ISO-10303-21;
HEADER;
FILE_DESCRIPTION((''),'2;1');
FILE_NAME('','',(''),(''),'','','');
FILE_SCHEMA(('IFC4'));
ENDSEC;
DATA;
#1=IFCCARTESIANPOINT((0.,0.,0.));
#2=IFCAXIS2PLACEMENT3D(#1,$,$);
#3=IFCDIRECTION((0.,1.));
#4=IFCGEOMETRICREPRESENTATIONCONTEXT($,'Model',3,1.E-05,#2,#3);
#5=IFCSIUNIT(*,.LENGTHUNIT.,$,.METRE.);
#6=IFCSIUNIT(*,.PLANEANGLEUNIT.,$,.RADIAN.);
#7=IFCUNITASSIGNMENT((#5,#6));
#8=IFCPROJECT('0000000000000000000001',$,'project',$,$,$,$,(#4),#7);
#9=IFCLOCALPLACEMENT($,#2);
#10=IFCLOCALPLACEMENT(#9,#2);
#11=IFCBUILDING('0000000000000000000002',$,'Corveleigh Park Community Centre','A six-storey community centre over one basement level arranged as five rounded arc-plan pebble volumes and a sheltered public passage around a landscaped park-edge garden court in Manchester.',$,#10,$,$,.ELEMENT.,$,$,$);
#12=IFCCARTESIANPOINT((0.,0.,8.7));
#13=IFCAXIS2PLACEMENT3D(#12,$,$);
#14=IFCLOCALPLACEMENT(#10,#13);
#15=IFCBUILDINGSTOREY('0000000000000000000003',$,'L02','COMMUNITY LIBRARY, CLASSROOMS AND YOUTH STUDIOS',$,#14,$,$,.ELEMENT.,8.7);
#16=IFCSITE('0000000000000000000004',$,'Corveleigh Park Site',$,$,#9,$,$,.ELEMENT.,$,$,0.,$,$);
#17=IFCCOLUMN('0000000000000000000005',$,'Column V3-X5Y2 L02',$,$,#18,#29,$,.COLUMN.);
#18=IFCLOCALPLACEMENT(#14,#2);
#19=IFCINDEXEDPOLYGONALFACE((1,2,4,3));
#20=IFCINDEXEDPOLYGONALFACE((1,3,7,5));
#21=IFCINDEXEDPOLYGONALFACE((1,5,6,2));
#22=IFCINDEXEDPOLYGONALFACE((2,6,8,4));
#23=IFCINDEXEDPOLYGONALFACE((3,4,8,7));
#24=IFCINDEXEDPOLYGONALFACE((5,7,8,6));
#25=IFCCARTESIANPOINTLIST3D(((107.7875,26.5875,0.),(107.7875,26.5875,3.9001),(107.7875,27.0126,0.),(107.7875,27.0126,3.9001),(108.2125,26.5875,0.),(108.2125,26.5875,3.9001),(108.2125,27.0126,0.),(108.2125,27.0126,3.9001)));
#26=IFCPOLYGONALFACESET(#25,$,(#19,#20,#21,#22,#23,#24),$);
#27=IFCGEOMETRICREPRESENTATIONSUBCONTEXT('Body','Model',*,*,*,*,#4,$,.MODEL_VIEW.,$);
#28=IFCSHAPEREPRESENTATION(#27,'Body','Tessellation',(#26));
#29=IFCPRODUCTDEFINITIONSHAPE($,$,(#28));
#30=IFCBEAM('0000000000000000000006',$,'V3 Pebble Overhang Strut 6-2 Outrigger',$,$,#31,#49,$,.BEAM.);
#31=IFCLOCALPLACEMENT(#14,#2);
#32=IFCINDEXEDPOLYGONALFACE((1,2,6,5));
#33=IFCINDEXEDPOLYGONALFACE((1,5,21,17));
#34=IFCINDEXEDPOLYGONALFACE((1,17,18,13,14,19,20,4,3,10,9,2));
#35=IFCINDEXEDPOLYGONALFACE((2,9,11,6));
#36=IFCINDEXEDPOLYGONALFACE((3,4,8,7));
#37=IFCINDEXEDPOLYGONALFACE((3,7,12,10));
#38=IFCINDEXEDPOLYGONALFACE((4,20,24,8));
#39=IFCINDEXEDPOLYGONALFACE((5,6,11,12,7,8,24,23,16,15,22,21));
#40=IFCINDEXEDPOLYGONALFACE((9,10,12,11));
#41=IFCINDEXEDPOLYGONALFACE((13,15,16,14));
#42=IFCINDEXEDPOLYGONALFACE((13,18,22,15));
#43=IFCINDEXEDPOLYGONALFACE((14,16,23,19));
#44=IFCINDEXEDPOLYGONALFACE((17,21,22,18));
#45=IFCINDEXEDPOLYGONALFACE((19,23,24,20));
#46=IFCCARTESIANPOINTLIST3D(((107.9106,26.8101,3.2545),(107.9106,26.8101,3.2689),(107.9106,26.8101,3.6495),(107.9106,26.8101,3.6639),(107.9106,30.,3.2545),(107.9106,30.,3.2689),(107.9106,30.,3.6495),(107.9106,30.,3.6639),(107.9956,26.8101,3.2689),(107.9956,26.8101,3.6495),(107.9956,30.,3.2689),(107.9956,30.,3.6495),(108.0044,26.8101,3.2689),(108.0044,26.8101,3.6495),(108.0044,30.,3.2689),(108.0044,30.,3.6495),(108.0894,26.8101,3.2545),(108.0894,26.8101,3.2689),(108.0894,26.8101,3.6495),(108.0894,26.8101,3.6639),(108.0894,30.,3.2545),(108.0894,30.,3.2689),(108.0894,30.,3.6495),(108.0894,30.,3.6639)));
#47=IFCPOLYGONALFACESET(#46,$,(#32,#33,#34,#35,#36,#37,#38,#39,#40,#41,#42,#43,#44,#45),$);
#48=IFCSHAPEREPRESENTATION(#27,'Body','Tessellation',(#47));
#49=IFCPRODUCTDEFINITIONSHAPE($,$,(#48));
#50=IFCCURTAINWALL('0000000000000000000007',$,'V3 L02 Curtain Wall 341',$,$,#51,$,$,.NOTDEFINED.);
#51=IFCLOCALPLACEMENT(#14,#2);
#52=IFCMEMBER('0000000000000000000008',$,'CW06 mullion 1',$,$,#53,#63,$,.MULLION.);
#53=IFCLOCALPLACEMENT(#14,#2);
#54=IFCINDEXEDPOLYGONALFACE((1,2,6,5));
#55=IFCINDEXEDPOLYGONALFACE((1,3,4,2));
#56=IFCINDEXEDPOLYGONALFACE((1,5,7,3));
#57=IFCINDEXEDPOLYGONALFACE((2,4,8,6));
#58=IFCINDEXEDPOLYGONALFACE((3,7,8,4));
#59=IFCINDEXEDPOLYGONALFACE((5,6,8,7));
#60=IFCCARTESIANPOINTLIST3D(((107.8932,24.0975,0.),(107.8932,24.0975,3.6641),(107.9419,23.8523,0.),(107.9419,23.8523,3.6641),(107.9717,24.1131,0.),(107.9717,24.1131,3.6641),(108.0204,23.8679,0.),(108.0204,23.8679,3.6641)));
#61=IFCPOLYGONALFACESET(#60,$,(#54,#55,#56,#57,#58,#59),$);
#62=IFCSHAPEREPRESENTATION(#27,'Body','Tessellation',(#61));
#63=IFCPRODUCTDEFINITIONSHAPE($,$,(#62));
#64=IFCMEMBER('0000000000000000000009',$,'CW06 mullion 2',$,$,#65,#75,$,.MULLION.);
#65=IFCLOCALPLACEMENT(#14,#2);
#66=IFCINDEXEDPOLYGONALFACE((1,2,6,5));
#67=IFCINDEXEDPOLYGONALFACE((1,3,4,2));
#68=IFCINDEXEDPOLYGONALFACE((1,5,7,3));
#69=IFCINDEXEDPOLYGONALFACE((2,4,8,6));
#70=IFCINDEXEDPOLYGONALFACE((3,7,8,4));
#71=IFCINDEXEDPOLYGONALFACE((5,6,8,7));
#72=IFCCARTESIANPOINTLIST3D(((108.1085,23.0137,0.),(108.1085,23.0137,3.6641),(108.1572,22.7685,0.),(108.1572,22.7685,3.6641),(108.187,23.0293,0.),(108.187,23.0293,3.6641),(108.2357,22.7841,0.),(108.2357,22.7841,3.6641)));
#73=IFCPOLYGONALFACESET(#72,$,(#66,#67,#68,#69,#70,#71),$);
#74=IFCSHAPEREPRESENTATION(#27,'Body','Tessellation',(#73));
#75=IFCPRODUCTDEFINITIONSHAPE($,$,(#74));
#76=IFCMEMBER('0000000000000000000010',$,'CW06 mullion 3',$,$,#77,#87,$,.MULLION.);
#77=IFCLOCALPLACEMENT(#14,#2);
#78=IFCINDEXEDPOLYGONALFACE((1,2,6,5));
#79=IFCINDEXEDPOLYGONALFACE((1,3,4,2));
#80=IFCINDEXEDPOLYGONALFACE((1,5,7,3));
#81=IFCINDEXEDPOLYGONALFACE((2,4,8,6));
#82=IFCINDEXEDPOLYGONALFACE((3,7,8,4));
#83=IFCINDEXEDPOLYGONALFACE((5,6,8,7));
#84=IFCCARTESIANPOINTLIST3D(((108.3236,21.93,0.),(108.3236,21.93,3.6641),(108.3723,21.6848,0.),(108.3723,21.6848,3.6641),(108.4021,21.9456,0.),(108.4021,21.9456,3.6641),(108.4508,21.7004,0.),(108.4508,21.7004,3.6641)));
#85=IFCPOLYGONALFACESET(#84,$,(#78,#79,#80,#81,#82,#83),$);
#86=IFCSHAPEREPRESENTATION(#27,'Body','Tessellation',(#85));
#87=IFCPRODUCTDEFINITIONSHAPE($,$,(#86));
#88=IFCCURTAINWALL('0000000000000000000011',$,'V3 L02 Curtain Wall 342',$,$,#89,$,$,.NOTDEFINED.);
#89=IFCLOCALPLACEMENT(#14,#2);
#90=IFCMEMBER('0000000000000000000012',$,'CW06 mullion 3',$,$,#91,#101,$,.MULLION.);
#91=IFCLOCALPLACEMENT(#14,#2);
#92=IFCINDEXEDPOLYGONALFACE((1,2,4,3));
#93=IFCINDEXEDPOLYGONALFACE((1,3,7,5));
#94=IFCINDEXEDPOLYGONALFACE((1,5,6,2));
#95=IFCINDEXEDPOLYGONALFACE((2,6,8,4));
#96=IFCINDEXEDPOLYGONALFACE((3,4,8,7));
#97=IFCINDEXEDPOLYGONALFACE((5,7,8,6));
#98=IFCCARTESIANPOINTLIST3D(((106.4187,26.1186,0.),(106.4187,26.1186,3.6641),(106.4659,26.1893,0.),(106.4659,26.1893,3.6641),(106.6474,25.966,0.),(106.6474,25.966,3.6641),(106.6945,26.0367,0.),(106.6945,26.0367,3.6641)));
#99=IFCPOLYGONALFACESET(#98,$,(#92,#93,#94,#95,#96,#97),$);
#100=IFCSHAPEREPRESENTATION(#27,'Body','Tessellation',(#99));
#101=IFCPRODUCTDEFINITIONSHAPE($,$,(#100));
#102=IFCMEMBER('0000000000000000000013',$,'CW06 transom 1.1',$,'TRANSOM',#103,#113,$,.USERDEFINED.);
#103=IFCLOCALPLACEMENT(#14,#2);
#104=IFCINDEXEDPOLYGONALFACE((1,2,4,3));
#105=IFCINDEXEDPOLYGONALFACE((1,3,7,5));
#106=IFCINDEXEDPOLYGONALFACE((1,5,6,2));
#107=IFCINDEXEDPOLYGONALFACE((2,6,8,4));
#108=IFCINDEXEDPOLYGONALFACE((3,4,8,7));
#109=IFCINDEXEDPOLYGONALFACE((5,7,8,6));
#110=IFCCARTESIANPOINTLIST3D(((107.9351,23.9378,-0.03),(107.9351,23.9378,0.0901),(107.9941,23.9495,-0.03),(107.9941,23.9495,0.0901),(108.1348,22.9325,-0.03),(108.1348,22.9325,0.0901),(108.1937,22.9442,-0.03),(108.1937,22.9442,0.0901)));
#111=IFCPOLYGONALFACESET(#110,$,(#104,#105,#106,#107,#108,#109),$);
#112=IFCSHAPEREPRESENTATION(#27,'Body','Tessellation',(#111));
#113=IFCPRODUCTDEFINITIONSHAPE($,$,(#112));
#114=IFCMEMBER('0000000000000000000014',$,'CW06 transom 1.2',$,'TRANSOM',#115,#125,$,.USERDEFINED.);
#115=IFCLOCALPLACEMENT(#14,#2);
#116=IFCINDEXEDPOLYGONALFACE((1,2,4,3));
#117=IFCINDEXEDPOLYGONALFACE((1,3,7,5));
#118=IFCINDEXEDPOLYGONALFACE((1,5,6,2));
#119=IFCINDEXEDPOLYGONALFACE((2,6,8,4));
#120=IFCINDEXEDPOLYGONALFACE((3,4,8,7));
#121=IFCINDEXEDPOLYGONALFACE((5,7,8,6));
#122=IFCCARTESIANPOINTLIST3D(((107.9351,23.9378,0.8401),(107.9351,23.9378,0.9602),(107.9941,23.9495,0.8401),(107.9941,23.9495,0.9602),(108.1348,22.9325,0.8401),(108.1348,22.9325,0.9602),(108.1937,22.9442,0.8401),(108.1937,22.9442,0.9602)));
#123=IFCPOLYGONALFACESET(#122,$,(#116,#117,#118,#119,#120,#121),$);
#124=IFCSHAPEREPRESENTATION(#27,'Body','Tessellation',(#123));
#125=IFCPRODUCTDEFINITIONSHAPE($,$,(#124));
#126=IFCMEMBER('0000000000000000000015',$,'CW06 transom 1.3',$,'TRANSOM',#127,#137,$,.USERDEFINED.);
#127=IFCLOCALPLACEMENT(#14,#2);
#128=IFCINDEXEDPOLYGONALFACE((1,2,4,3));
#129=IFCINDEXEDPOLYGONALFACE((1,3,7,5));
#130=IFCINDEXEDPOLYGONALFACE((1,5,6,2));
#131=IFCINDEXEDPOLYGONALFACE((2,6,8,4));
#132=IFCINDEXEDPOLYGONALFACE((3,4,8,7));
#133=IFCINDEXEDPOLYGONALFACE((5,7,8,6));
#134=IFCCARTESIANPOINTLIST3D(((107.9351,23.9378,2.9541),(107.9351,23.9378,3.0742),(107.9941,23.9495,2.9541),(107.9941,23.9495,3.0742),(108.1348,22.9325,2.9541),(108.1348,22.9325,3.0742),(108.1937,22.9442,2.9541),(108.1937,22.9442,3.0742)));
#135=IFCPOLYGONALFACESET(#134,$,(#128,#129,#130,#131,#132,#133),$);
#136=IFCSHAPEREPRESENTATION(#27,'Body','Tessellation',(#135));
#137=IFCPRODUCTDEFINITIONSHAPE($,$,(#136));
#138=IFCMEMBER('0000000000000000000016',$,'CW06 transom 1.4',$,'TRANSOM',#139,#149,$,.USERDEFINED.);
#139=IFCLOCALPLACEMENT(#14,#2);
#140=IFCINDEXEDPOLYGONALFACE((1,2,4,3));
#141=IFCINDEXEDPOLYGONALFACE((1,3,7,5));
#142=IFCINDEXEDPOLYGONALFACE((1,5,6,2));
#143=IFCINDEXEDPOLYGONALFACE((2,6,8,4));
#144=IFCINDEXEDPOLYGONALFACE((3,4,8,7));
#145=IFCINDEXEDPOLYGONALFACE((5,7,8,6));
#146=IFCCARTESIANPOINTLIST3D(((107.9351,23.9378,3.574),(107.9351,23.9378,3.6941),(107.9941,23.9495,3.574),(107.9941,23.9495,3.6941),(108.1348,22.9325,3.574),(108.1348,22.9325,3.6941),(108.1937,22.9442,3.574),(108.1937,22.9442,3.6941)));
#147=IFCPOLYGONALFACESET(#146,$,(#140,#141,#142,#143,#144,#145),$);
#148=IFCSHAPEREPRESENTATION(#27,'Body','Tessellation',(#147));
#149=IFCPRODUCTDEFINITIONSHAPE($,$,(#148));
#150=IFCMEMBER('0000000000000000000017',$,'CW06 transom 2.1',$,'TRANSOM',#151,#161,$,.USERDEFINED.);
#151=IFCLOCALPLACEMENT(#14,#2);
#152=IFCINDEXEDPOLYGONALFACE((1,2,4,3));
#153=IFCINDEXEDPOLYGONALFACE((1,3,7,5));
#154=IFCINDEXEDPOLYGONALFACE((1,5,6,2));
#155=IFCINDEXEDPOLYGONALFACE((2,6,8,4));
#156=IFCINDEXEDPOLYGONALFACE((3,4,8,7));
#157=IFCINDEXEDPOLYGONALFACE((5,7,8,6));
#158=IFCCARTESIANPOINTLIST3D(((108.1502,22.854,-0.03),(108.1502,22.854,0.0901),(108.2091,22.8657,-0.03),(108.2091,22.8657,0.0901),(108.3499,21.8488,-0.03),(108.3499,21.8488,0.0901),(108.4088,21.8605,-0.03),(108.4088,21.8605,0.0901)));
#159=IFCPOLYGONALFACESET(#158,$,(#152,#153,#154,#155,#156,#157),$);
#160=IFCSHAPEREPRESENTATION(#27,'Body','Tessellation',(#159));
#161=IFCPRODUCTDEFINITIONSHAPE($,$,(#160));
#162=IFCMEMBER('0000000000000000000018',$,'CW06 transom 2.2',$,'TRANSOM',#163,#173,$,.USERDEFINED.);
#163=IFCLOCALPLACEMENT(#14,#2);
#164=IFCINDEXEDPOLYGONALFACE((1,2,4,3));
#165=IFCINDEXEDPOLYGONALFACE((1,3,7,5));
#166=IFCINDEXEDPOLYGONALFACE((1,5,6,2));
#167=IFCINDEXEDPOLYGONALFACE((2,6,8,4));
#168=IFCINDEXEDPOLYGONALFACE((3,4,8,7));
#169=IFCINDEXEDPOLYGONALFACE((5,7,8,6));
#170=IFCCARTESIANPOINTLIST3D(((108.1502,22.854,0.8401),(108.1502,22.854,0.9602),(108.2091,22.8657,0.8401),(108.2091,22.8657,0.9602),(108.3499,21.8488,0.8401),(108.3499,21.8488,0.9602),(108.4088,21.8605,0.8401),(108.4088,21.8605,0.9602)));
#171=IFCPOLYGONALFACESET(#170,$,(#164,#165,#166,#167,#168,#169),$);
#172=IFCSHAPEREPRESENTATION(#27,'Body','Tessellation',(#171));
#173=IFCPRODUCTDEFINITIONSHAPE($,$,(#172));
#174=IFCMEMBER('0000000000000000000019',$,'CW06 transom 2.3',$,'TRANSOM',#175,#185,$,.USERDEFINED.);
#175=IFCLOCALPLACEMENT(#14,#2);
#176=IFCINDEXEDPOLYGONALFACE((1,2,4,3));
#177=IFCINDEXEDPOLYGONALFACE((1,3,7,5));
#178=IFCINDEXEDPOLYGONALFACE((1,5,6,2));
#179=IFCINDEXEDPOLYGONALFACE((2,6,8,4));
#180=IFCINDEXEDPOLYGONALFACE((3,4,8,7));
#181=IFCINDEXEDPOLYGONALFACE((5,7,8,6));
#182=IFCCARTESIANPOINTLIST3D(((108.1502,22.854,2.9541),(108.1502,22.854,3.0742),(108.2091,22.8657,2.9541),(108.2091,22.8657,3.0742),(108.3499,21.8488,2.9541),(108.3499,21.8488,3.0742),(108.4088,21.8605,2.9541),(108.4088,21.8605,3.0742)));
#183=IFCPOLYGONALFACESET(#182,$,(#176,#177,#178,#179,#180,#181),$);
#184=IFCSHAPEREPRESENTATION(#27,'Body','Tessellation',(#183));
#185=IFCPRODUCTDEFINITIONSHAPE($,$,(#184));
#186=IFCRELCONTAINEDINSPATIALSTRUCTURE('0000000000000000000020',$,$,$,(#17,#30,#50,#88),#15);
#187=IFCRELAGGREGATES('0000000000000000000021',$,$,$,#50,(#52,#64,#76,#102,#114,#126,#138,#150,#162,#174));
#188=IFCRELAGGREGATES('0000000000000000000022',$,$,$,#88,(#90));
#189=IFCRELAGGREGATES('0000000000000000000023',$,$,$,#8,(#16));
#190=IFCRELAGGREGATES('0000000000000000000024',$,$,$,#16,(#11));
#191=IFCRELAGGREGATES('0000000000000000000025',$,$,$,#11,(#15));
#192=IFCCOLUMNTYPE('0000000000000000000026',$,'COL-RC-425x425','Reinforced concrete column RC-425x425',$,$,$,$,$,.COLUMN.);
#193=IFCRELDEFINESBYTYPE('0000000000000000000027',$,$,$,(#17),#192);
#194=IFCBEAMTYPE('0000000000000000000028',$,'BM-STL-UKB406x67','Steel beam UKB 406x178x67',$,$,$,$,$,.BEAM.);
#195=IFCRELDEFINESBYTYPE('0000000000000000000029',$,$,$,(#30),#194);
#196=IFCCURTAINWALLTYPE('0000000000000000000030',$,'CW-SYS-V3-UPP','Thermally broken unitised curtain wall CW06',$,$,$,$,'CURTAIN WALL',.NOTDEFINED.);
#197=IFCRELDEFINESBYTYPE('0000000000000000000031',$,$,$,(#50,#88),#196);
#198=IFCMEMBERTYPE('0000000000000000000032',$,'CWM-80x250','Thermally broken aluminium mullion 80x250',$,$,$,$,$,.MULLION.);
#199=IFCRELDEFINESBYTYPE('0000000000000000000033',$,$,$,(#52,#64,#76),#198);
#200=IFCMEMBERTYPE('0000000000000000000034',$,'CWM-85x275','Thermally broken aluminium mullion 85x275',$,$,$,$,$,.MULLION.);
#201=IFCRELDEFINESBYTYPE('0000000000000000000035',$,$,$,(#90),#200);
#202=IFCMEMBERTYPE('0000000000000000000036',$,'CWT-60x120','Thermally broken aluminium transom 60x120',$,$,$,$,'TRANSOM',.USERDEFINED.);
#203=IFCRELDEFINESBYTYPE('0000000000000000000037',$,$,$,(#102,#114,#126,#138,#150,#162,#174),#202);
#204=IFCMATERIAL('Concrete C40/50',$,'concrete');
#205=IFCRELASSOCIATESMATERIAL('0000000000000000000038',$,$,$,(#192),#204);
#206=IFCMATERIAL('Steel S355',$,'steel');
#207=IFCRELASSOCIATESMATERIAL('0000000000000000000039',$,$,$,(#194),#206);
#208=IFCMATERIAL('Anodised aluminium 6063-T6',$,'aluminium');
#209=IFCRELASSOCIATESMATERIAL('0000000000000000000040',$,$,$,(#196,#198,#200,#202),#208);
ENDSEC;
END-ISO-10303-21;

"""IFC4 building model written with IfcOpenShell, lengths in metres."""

from ifc_helpers import new_model, si_unit, direction, frame, origin, origin_2d, place, context, subcontext, project, spatial, rectangle, i_section, extrude, material, material_profile, profile_set, type_object, element, aggregate, save


model = new_model("IFC4")

# Units and contexts
model_context = context("Model", 3, precision=1e-05, world=origin(), true_north=direction((0.0, 1.0)))
body_context = subcontext(model_context, "Body", "Model", "MODEL_VIEW")
ifc_project = project(units=[si_unit("LENGTHUNIT", "METRE"), si_unit("PLANEANGLEUNIT", "RADIAN")], contexts=[model_context])

# Site, building, storey
site_placement = place(None, origin())
site = spatial("IfcSite", under=ifc_project, at=site_placement, Name="Corveleigh Park Site", CompositionType="ELEMENT", RefElevation=0.0)
building_placement = place(site_placement, origin())
building = spatial("IfcBuilding", under=site, at=building_placement, Name="Corveleigh Park Community Centre", Description="A six-storey community centre over one basement level arranged as five rounded arc-plan pebble volumes and a sheltered public passage around a landscaped park-edge garden court in Manchester.", CompositionType="ELEMENT")
storey_placement = place(building_placement, frame((0.0, 0.0, 8.7)))
storey = spatial("IfcBuildingStorey", under=building, at=storey_placement, Name="L02", Description="COMMUNITY LIBRARY, CLASSROOMS AND YOUTH STUDIOS", CompositionType="ELEMENT", Elevation=8.7)

# Column
ifc_material_1 = material(Name="Concrete C40/50", Category="concrete")
ifc_material_profile_1 = material_profile(ifc_material_1, rectangle(XDim=0.425, YDim=0.425, at=origin_2d()), Name="RC-425x425", Category="concrete")
ifc_profile_set_1 = profile_set([ifc_material_profile_1], Name="Concrete C40/50")
column_type = type_object("IfcColumnType", Name="COL-RC-425x425", Description="Reinforced concrete column RC-425x425", PredefinedType="COLUMN", material=ifc_profile_set_1)
column_placement = place(storey_placement, frame((108.0, 26.8, 0.0), z_axis=(0.0, 0.0, 1.0), x_axis=(1.0, 0.0, 0.0)))
element("IfcColumn", 1, at=column_placement, inside=storey, type_object=column_type, Name="Column V3-X5Y2 L02", PredefinedType="COLUMN", context=body_context, shape_type="SweptSolid", body=[
    extrude(rectangle(XDim=0.425, YDim=0.425, at=origin_2d()), origin(), (0.0, 0.0, 1.0), 3.9001),
])

# Beam
ifc_material_2 = material(Name="Steel S355", Category="steel")
ifc_material_profile_2 = material_profile(ifc_material_2, i_section(OverallWidth=0.1787, OverallDepth=0.4094, WebThickness=0.0088, FlangeThickness=0.0144, at=origin_2d()), Name="UKB 406x178x67", Category="steel")
ifc_profile_set_2 = profile_set([ifc_material_profile_2], Name="Steel S355")
beam_type = type_object("IfcBeamType", Name="BM-STL-UKB406x67", Description="Steel beam UKB 406x178x67", PredefinedType="BEAM", material=ifc_profile_set_2)
beam_placement = place(storey_placement, frame((108.0, 26.8101, 3.4592), z_axis=(0.0, 1.0, 0.0), x_axis=(-1.0, 0.0, 0.0)))
element("IfcBeam", 2, at=beam_placement, inside=storey, type_object=beam_type, Name="V3 Pebble Overhang Strut 6-2 Outrigger", PredefinedType="BEAM", context=body_context, shape_type="SweptSolid", body=[
    extrude(i_section(OverallWidth=0.1787, OverallDepth=0.4094, WebThickness=0.0088, FlangeThickness=0.0144, at=origin_2d()), origin(), (0.0, 0.0, 1.0), 3.1899),
])

# Curtain wall, members
ifc_material_3 = material(Name="Anodised aluminium 6063-T6", Category="aluminium")
curtain_wall_type = type_object("IfcCurtainWallType", Name="CW-SYS-V3-UPP", Description="Thermally broken unitised curtain wall CW06", ElementType="CURTAIN WALL", PredefinedType="NOTDEFINED", material=ifc_material_3)
curtain_wall_1_placement = place(storey_placement, origin())
curtain_wall_1 = element("IfcCurtainWall", 3, at=curtain_wall_1_placement, inside=storey, type_object=curtain_wall_type, Name="V3 L02 Curtain Wall 341", PredefinedType="NOTDEFINED")
ifc_material_profile_3 = material_profile(ifc_material_3, rectangle(XDim=0.0801, YDim=0.25, at=origin_2d()), Name="ALU-M80x250", Category="aluminium")
ifc_profile_set_3 = profile_set([ifc_material_profile_3], Name="Anodised aluminium 6063-T6")
member_type_1 = type_object("IfcMemberType", Name="CWM-80x250", Description="Thermally broken aluminium mullion 80x250", PredefinedType="MULLION", material=ifc_profile_set_3)
member_1_placement = place(storey_placement, frame((107.9568, 23.9827, 0.0), z_axis=(0.0, 0.0, 1.0), x_axis=(0.980848, 0.194772, 0.0)))
member_1 = element("IfcMember", 4, at=member_1_placement, type_object=member_type_1, Name="CW06 mullion 1", PredefinedType="MULLION", context=body_context, shape_type="SweptSolid", body=[
    extrude(rectangle(XDim=0.0801, YDim=0.25, at=origin_2d()), origin(), (0.0, 0.0, 1.0), 3.6641),
])
member_2_placement = place(storey_placement, frame((108.1721, 22.8989, 0.0), z_axis=(0.0, 0.0, 1.0), x_axis=(0.980848, 0.194772, 0.0)))
member_2 = element("IfcMember", 5, at=member_2_placement, type_object=member_type_1, Name="CW06 mullion 2", PredefinedType="MULLION", context=body_context, shape_type="SweptSolid", body=[
    extrude(rectangle(XDim=0.0801, YDim=0.25, at=origin_2d()), origin(), (0.0, 0.0, 1.0), 3.6641),
])
member_3_placement = place(storey_placement, frame((108.3872, 21.8152, 0.0), z_axis=(0.0, 0.0, 1.0), x_axis=(0.980848, 0.194772, 0.0)))
member_3 = element("IfcMember", 6, at=member_3_placement, type_object=member_type_1, Name="CW06 mullion 3", PredefinedType="MULLION", context=body_context, shape_type="SweptSolid", body=[
    extrude(rectangle(XDim=0.0801, YDim=0.25, at=origin_2d()), origin(), (0.0, 0.0, 1.0), 3.6641),
])

# Curtain wall, member
curtain_wall_2_placement = place(storey_placement, origin())
curtain_wall_2 = element("IfcCurtainWall", 7, at=curtain_wall_2_placement, inside=storey, type_object=curtain_wall_type, Name="V3 L02 Curtain Wall 342", PredefinedType="NOTDEFINED")
ifc_material_profile_4 = material_profile(ifc_material_3, rectangle(XDim=0.085, YDim=0.2749, at=origin_2d()), Name="ALU-M85x275", Category="aluminium")
ifc_profile_set_4 = profile_set([ifc_material_profile_4], Name="Anodised aluminium 6063-T6")
member_type_2 = type_object("IfcMemberType", Name="CWM-85x275", Description="Thermally broken aluminium mullion 85x275", PredefinedType="MULLION", material=ifc_profile_set_4)
member_4_placement = place(storey_placement, frame((106.5566, 26.0776, 0.0), z_axis=(0.0, 0.0, 1.0), x_axis=(0.555208, 0.831711, 0.0)))
member_4 = element("IfcMember", 8, at=member_4_placement, type_object=member_type_2, Name="CW06 mullion 3", PredefinedType="MULLION", context=body_context, shape_type="SweptSolid", body=[
    extrude(rectangle(XDim=0.085, YDim=0.2749, at=origin_2d()), origin(), (0.0, 0.0, 1.0), 3.6641),
])

# Members
ifc_material_profile_5 = material_profile(ifc_material_3, rectangle(XDim=0.0601, YDim=0.1201, at=origin_2d()), Name="ALU-T60x120", Category="aluminium")
ifc_profile_set_5 = profile_set([ifc_material_profile_5], Name="Anodised aluminium 6063-T6")
member_type_3 = type_object("IfcMemberType", Name="CWT-60x120", Description="Thermally broken aluminium transom 60x120", ElementType="TRANSOM", PredefinedType="USERDEFINED", material=ifc_profile_set_5)
member_5_placement = place(storey_placement, frame((107.9646, 23.9436, 0.03), z_axis=(0.194833, -0.980836, 0.0), x_axis=(0.980836, 0.194833, 0.0)))
member_5 = element("IfcMember", 9, at=member_5_placement, type_object=member_type_3, Name="CW06 transom 1.1", ObjectType="TRANSOM", PredefinedType="USERDEFINED", context=body_context, shape_type="SweptSolid", body=[
    extrude(rectangle(XDim=0.0601, YDim=0.1201, at=origin_2d()), origin(), (0.0, 0.0, 1.0), 1.0249),
])
member_6_placement = place(storey_placement, frame((107.9646, 23.9436, 0.9001), z_axis=(0.194833, -0.980836, 0.0), x_axis=(0.980836, 0.194833, 0.0)))
member_6 = element("IfcMember", 10, at=member_6_placement, type_object=member_type_3, Name="CW06 transom 1.2", ObjectType="TRANSOM", PredefinedType="USERDEFINED", context=body_context, shape_type="SweptSolid", body=[
    extrude(rectangle(XDim=0.0601, YDim=0.1201, at=origin_2d()), origin(), (0.0, 0.0, 1.0), 1.0249),
])
member_7_placement = place(storey_placement, frame((107.9646, 23.9436, 3.0142), z_axis=(0.194833, -0.980836, 0.0), x_axis=(0.980836, 0.194833, 0.0)))
member_7 = element("IfcMember", 11, at=member_7_placement, type_object=member_type_3, Name="CW06 transom 1.3", ObjectType="TRANSOM", PredefinedType="USERDEFINED", context=body_context, shape_type="SweptSolid", body=[
    extrude(rectangle(XDim=0.0601, YDim=0.1201, at=origin_2d()), origin(), (0.0, 0.0, 1.0), 1.0249),
])
member_8_placement = place(storey_placement, frame((107.9646, 23.9436, 3.634), z_axis=(0.194833, -0.980836, 0.0), x_axis=(0.980836, 0.194833, 0.0)))
member_8 = element("IfcMember", 12, at=member_8_placement, type_object=member_type_3, Name="CW06 transom 1.4", ObjectType="TRANSOM", PredefinedType="USERDEFINED", context=body_context, shape_type="SweptSolid", body=[
    extrude(rectangle(XDim=0.0601, YDim=0.1201, at=origin_2d()), origin(), (0.0, 0.0, 1.0), 1.0249),
])
member_9_placement = place(storey_placement, frame((108.1797, 22.8599, 0.03), z_axis=(0.194833, -0.980836, 0.0), x_axis=(0.980836, 0.194833, 0.0)))
member_9 = element("IfcMember", 13, at=member_9_placement, type_object=member_type_3, Name="CW06 transom 2.1", ObjectType="TRANSOM", PredefinedType="USERDEFINED", context=body_context, shape_type="SweptSolid", body=[
    extrude(rectangle(XDim=0.0601, YDim=0.1201, at=origin_2d()), origin(), (0.0, 0.0, 1.0), 1.0249),
])
member_10_placement = place(storey_placement, frame((108.1797, 22.8599, 0.9001), z_axis=(0.194833, -0.980836, 0.0), x_axis=(0.980836, 0.194833, 0.0)))
member_10 = element("IfcMember", 14, at=member_10_placement, type_object=member_type_3, Name="CW06 transom 2.2", ObjectType="TRANSOM", PredefinedType="USERDEFINED", context=body_context, shape_type="SweptSolid", body=[
    extrude(rectangle(XDim=0.0601, YDim=0.1201, at=origin_2d()), origin(), (0.0, 0.0, 1.0), 1.0249),
])
member_11_placement = place(storey_placement, frame((108.1797, 22.8599, 3.0142), z_axis=(0.194833, -0.980836, 0.0), x_axis=(0.980836, 0.194833, 0.0)))
member_11 = element("IfcMember", 15, at=member_11_placement, type_object=member_type_3, Name="CW06 transom 2.3", ObjectType="TRANSOM", PredefinedType="USERDEFINED", context=body_context, shape_type="SweptSolid", body=[
    extrude(rectangle(XDim=0.0601, YDim=0.1201, at=origin_2d()), origin(), (0.0, 0.0, 1.0), 1.0249),
])

aggregate(curtain_wall_1, [member_1, member_2, member_3, member_5, member_6, member_7, member_8, member_9, member_10, member_11])
aggregate(curtain_wall_2, [member_4])

save(model, "model.ifc")
